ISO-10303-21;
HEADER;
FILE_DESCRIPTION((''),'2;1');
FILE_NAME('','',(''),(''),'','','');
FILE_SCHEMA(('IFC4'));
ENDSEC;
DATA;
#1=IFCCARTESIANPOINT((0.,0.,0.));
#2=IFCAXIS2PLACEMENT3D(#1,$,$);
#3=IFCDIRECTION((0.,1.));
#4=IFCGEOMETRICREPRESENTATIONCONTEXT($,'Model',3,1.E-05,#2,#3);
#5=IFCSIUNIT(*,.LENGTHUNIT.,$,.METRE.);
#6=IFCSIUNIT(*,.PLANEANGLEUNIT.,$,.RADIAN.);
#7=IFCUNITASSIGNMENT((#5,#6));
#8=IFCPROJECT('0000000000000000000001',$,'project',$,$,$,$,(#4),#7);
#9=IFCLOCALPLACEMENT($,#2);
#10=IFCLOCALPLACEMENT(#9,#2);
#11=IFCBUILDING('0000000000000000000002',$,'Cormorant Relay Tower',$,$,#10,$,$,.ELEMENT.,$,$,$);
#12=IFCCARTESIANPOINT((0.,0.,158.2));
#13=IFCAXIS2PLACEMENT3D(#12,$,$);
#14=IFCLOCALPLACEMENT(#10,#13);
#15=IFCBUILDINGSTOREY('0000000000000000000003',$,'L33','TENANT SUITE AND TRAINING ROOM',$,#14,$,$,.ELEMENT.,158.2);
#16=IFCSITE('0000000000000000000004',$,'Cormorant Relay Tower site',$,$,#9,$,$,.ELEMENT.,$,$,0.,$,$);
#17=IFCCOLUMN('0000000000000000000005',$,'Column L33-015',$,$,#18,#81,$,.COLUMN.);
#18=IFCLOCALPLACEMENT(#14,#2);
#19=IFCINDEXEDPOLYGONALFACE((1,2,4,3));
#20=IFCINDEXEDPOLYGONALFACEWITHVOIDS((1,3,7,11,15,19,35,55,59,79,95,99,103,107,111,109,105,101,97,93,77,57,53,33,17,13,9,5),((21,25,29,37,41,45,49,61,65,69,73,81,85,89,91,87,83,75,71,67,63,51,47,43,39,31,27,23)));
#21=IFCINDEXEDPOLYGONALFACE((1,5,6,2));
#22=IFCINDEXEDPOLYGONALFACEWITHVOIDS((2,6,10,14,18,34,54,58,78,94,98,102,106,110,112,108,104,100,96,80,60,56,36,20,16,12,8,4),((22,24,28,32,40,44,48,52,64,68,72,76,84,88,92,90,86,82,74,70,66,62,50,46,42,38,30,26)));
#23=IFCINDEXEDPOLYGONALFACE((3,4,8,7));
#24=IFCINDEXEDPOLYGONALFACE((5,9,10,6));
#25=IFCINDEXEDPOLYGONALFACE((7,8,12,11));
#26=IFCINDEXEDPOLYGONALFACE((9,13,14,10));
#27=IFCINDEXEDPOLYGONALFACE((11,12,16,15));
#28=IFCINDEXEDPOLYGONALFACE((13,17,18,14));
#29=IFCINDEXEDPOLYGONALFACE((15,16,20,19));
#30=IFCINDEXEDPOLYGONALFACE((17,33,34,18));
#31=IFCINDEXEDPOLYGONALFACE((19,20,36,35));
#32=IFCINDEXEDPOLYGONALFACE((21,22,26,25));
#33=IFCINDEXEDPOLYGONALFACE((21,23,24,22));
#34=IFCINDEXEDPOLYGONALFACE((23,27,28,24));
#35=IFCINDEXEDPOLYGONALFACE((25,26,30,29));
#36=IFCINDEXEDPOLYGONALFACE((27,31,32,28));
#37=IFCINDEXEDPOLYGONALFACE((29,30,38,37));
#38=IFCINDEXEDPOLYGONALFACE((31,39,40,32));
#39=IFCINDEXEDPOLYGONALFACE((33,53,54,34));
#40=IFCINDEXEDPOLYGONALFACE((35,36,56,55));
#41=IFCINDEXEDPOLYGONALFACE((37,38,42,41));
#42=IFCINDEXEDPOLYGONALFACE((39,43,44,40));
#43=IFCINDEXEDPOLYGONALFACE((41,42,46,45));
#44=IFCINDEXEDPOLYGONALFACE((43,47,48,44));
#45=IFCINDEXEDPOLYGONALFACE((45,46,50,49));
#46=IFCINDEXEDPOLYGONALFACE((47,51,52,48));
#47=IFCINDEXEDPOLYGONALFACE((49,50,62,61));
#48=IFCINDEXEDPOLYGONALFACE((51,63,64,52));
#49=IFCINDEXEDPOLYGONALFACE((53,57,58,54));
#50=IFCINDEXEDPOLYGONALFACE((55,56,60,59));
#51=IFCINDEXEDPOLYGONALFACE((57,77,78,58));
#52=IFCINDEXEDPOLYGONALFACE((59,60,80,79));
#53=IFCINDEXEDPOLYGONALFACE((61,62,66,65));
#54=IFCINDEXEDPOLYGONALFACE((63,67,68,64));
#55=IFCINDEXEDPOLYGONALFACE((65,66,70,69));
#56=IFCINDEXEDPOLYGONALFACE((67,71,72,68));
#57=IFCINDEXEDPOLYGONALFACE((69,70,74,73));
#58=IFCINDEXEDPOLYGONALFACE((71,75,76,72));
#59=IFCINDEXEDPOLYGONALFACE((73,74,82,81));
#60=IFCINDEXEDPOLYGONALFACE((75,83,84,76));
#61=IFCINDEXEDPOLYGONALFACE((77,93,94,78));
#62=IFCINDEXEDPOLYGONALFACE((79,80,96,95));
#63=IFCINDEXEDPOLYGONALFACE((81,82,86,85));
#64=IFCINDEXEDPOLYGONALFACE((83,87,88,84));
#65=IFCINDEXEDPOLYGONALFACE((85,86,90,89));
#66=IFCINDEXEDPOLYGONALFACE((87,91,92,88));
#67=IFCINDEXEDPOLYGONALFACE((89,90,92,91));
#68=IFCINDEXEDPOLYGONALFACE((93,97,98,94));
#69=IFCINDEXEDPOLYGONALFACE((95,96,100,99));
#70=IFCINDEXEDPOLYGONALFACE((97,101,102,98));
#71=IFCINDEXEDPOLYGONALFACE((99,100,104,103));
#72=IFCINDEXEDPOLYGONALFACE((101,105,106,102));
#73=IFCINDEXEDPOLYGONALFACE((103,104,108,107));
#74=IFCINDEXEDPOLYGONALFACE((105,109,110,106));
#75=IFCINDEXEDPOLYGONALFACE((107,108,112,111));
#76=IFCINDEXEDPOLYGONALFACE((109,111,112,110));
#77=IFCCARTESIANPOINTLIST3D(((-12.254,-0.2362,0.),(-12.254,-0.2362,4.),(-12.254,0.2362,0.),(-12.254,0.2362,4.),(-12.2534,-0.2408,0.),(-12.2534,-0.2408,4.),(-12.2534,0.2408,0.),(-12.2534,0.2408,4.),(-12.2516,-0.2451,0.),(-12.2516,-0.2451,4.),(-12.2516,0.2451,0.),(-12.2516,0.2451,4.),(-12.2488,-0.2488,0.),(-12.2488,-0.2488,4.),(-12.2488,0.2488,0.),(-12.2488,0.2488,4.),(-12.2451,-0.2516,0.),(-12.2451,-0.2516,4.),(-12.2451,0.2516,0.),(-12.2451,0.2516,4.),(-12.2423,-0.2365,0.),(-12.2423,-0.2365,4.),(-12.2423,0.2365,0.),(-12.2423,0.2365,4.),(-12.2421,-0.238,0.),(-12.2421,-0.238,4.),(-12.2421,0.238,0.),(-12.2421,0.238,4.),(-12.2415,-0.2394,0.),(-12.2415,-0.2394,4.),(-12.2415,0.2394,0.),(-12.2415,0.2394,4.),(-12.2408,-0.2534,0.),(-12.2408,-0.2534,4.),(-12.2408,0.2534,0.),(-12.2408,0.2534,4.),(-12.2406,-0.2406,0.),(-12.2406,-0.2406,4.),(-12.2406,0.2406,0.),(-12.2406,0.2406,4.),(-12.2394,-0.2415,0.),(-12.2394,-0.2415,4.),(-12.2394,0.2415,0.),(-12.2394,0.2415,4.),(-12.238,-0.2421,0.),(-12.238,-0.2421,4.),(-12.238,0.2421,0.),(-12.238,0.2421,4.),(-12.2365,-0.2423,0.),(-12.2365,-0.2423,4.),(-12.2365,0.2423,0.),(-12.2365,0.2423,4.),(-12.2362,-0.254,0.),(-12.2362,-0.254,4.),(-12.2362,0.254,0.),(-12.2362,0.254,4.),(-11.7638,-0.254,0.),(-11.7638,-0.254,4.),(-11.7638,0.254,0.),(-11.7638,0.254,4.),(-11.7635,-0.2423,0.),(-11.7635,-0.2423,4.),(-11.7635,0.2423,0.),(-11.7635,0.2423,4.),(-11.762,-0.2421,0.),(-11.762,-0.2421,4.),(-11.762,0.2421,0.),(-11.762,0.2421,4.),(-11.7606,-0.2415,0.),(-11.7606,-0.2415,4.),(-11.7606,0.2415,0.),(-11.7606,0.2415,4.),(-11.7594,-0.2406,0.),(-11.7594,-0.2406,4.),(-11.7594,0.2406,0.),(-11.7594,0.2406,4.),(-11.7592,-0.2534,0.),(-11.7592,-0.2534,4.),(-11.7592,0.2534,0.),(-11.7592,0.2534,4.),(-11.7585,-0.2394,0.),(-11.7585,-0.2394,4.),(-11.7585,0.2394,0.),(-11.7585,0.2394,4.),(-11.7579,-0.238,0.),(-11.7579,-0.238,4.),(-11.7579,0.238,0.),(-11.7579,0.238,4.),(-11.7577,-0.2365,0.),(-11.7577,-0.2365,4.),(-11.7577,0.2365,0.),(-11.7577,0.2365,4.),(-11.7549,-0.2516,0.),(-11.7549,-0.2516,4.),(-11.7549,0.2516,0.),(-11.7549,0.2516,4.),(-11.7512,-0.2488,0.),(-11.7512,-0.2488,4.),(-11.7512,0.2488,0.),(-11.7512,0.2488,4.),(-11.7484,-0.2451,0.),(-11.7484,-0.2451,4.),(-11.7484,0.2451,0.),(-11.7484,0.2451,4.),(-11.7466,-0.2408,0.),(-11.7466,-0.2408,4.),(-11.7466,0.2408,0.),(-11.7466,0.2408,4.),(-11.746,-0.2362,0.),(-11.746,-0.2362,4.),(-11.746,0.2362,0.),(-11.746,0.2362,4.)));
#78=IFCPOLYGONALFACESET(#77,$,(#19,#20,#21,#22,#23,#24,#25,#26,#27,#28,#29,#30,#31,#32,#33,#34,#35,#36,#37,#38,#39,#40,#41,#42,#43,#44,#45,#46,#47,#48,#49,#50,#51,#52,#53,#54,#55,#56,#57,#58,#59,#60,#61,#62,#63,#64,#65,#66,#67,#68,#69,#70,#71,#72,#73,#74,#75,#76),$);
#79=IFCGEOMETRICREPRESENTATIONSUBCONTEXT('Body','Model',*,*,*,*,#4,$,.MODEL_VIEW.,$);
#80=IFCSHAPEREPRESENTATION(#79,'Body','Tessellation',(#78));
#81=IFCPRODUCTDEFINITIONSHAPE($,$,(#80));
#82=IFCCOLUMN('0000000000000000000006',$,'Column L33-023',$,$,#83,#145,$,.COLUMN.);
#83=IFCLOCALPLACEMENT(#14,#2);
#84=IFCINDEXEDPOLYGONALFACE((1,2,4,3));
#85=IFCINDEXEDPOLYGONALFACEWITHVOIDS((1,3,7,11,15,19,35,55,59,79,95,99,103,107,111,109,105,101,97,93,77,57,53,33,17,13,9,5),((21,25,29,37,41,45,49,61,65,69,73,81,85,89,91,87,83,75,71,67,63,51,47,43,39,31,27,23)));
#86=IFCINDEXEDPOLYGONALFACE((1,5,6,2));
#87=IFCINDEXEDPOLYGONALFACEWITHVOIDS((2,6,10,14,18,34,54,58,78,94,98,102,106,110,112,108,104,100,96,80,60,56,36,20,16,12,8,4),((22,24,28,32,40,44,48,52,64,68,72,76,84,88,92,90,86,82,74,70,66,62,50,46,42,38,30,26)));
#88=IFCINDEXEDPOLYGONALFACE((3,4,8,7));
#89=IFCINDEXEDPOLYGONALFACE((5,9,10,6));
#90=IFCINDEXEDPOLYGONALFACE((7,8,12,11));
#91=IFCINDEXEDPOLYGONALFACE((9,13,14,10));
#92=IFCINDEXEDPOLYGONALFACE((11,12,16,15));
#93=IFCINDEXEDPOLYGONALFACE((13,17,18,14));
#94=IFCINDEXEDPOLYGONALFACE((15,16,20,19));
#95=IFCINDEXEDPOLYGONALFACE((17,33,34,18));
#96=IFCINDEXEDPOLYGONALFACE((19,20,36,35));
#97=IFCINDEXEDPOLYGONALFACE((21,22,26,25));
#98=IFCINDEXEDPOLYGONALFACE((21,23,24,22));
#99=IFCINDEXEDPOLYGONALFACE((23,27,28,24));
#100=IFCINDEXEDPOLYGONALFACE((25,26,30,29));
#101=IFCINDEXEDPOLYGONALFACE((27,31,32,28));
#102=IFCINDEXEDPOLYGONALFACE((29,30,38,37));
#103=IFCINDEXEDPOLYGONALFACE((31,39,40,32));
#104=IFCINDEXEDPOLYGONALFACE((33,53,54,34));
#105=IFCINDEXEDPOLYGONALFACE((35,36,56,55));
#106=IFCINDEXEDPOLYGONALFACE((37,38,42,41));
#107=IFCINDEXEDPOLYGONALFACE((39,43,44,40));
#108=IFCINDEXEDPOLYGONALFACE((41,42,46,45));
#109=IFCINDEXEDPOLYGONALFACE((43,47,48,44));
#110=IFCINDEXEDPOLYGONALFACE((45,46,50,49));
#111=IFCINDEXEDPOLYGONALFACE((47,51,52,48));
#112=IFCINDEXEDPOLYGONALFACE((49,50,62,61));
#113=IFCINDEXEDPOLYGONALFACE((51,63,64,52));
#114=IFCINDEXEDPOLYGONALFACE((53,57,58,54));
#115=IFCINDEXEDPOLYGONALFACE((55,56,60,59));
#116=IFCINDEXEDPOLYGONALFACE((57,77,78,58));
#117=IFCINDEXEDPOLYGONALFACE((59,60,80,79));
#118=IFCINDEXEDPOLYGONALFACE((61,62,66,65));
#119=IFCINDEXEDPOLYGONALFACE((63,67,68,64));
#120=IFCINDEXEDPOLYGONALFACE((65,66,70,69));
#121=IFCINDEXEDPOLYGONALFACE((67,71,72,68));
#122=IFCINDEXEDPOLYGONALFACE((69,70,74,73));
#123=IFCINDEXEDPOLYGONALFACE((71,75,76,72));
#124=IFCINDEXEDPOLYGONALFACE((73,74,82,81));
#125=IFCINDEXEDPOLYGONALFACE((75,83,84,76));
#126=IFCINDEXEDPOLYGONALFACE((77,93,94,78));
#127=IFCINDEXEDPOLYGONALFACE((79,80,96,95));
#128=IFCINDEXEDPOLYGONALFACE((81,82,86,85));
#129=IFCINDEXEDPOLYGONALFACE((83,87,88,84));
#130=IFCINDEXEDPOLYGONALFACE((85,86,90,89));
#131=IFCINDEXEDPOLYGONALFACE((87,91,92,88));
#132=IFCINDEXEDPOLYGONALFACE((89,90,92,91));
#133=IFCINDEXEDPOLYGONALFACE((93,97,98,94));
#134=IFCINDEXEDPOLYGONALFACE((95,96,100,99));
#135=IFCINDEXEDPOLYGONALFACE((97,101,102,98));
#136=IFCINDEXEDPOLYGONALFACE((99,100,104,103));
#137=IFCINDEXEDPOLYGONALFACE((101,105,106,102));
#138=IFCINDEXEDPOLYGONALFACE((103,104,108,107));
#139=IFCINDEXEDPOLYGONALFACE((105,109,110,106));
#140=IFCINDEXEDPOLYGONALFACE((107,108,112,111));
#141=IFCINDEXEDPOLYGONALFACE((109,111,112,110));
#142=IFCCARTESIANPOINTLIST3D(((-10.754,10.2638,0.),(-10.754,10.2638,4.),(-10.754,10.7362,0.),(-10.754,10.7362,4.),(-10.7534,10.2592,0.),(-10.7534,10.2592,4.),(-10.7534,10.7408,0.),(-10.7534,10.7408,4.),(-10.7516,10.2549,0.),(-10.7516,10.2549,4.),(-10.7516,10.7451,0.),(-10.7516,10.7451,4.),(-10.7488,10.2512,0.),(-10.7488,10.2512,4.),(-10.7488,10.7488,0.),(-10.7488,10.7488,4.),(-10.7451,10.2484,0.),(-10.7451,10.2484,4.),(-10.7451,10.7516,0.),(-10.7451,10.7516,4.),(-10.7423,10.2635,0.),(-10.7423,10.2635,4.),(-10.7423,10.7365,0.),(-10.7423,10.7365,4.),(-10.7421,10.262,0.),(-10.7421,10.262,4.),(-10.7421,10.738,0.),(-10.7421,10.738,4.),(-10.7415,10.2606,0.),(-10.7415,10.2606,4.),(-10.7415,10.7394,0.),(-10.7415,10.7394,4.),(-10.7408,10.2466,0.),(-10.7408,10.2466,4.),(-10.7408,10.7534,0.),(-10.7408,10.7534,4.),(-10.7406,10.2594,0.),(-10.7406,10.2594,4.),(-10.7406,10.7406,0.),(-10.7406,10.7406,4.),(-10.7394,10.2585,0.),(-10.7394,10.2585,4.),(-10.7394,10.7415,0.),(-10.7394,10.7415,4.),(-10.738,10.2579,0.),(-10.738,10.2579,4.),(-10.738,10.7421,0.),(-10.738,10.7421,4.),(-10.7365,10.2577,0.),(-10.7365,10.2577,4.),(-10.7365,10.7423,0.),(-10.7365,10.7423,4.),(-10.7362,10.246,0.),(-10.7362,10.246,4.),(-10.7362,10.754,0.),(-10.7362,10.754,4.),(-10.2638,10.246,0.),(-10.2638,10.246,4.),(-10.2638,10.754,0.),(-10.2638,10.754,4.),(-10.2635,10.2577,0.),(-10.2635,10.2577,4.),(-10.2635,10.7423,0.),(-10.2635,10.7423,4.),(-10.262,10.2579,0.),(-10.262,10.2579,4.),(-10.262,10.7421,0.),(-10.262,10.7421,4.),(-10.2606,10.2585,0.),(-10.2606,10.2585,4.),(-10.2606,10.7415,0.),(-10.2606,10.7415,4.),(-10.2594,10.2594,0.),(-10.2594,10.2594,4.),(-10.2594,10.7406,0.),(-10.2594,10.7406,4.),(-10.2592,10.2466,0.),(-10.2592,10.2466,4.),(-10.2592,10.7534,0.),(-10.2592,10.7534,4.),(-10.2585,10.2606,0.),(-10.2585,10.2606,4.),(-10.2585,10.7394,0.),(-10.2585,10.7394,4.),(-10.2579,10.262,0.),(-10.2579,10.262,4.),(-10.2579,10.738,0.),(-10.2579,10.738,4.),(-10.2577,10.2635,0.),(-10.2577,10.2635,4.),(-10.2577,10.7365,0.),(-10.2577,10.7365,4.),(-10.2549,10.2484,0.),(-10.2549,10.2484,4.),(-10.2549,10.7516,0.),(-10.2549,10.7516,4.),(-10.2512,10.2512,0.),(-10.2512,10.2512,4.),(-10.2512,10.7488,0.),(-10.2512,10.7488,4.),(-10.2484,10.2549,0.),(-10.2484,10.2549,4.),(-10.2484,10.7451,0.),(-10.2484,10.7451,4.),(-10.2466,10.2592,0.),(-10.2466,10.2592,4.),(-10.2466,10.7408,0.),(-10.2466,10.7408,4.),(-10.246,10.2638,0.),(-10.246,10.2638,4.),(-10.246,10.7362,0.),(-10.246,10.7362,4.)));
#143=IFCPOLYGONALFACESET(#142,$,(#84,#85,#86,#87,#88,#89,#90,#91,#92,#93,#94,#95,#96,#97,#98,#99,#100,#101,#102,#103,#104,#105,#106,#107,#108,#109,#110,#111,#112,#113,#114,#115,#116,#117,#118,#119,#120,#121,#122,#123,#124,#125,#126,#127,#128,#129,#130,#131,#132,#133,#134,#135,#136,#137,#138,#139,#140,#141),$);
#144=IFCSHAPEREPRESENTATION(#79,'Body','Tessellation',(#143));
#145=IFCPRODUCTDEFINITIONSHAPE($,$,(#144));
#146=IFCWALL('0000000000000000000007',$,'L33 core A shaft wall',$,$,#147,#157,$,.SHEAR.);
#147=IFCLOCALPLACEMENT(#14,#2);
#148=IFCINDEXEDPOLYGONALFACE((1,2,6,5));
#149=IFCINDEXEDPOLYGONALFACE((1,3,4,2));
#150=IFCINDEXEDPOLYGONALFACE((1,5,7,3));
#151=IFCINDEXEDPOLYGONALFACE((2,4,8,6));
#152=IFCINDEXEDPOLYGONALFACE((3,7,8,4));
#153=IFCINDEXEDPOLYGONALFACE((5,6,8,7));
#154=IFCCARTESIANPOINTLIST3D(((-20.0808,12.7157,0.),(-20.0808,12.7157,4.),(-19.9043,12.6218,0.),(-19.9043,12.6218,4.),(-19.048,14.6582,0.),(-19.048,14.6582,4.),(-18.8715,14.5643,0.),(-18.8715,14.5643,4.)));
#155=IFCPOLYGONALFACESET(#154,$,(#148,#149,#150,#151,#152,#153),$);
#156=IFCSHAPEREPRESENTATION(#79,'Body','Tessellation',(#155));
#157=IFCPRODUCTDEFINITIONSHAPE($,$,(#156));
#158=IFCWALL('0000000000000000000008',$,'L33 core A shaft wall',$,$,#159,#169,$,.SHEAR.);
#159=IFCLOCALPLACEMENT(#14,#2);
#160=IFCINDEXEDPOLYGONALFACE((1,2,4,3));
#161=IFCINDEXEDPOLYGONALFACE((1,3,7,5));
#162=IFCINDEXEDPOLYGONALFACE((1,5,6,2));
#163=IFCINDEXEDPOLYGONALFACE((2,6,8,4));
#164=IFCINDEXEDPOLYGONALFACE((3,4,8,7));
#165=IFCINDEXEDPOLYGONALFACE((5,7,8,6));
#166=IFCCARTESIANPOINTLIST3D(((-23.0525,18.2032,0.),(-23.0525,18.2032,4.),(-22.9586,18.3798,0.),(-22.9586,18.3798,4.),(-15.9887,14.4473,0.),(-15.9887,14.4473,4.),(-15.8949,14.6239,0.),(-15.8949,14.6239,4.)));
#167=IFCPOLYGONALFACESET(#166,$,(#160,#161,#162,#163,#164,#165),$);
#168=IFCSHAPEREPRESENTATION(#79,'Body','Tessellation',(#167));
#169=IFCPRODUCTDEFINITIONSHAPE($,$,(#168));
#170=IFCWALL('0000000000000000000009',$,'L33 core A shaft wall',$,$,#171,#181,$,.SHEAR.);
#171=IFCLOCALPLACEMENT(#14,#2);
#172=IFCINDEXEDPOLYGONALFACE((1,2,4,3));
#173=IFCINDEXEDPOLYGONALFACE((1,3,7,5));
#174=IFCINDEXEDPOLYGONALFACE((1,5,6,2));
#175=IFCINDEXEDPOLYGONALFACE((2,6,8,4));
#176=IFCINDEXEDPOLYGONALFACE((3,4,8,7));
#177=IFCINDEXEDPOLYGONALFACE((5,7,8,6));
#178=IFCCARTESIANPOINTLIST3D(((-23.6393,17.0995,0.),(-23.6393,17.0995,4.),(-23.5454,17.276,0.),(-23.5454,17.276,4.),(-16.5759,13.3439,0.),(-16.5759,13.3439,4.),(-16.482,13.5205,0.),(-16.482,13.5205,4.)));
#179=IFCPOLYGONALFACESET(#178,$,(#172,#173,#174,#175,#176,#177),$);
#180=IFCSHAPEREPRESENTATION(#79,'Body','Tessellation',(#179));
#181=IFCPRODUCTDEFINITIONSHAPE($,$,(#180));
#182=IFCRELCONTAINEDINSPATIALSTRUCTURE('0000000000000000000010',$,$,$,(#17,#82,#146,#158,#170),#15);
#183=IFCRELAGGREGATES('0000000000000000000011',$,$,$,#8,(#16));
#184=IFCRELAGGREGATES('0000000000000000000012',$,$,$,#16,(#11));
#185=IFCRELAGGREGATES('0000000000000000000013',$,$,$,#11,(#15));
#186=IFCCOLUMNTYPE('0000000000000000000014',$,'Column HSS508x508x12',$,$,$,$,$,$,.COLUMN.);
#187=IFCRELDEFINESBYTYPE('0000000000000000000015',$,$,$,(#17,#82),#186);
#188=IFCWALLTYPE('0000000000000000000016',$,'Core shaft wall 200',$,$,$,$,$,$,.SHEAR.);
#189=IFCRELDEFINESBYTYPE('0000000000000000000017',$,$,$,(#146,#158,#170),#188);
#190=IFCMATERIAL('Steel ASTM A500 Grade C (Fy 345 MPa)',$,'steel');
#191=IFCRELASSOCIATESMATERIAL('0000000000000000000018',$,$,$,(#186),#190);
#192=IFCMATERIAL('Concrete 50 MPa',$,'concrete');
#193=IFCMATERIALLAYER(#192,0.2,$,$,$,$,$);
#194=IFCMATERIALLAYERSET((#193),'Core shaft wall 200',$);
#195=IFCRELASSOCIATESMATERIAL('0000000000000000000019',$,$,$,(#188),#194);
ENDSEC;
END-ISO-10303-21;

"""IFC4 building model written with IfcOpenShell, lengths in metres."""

from ifc_helpers import new_model, si_unit, direction, frame, frame_2d, origin, origin_2d, place, context, subcontext, project, spatial, rectangle, hollow_rectangle, extrude, material, layer, layer_set, material_profile, profile_set, type_object, element, save


model = new_model("IFC4")

# Units and contexts
model_context = context("Model", 3, precision=1e-05, world=origin(), true_north=direction((0.0, 1.0)))
body_context = subcontext(model_context, "Body", "Model", "MODEL_VIEW")
ifc_project = project(units=[si_unit("LENGTHUNIT", "METRE"), si_unit("PLANEANGLEUNIT", "RADIAN")], contexts=[model_context])

# Site, building, storey
site_placement = place(None, origin())
site = spatial("IfcSite", under=ifc_project, at=site_placement, Name="Cormorant Relay Tower site", CompositionType="ELEMENT", RefElevation=0.0)
building_placement = place(site_placement, origin())
building = spatial("IfcBuilding", under=site, at=building_placement, Name="Cormorant Relay Tower", CompositionType="ELEMENT")
storey_placement = place(building_placement, frame((0.0, 0.0, 158.2)))
storey = spatial("IfcBuildingStorey", under=building, at=storey_placement, Name="L33", Description="TENANT SUITE AND TRAINING ROOM", CompositionType="ELEMENT", Elevation=158.2)

# Columns
ifc_material_1 = material(Name="Steel ASTM A500 Grade C (Fy 345 MPa)", Category="steel")
ifc_material_profile = material_profile(ifc_material_1, hollow_rectangle(XDim=0.5081, YDim=0.5081, WallThickness=0.0117, InnerFilletRadius=0.0059, OuterFilletRadius=0.0178, at=origin_2d()), Name="HSS508x508x12")
ifc_profile_set = profile_set([ifc_material_profile], Name="Steel ASTM A500 Grade C (Fy 345 MPa)")
column_type = type_object("IfcColumnType", Name="Column HSS508x508x12", PredefinedType="COLUMN", material=ifc_profile_set)
for number, where, z_axis, x_axis, name in (
    (1, (-12.0, 0.0, 0.0), (0.0, 0.0, 1.0), (1.0, 0.0, 0.0), "Column L33-015"),
    (2, (-10.5, 10.5, 0.0), (0.0, 0.0, 1.0), (1.0, 0.0, 0.0), "Column L33-023"),
):
    element("IfcColumn", number, at=place(storey_placement, frame(where, z_axis=z_axis, x_axis=x_axis)), inside=storey, type_object=column_type, Name=name, PredefinedType="COLUMN", context=body_context, shape_type="SweptSolid", body=[
        extrude(hollow_rectangle(XDim=0.5081, YDim=0.5081, WallThickness=0.0117, InnerFilletRadius=0.0059, OuterFilletRadius=0.0178, at=origin_2d()), origin(), (0.0, 0.0, 1.0), 4.0),
    ])

# Walls
ifc_material_2 = material(Name="Concrete 50 MPa", Category="concrete")
ifc_layer_1 = layer(ifc_material_2, 0.2)
ifc_layer_set_1 = layer_set([ifc_layer_1], Name="Core shaft wall 200")
wall_type_1 = type_object("IfcWallType", Name="Core shaft wall 200", PredefinedType="SHEAR", material=ifc_layer_set_1)
wall_1_placement = place(storey_placement, frame((-18.9597, 14.6113, 0.0), z_axis=(0.0, 0.0, 1.0), x_axis=(-0.469447, -0.88296, 0.0)))
element("IfcWall", 3, at=wall_1_placement, inside=storey, type_object=wall_type_1, Name="L33 core A shaft wall", PredefinedType="SHEAR", context=body_context, shape_type="SweptSolid", body=[
    extrude(rectangle(XDim=2.2, YDim=0.2, at=frame_2d((1.1001, 0.0))), origin(), (0.0, 0.0, 1.0), 4.0),
])
wall_2_placement = place(storey_placement, frame((-15.9419, 14.5356, 0.0), z_axis=(0.0, 0.0, 1.0), x_axis=(-0.882947, 0.469473, 0.0)))
element("IfcWall", 4, at=wall_2_placement, inside=storey, type_object=wall_type_1, Name="L33 core A shaft wall", PredefinedType="SHEAR", context=body_context, shape_type="SweptSolid", body=[
    extrude(rectangle(XDim=8.0002, YDim=0.2, at=frame_2d((4.0, 0.0))), origin(), (0.0, 0.0, 1.0), 4.0),
])
wall_3_placement = place(storey_placement, frame((-16.5288, 13.4321, 0.0), z_axis=(0.0, 0.0, 1.0), x_axis=(-0.882953, 0.469462, 0.0)))
element("IfcWall", 5, at=wall_3_placement, inside=storey, type_object=wall_type_1, Name="L33 core A shaft wall", PredefinedType="SHEAR", context=body_context, shape_type="SweptSolid", body=[
    extrude(rectangle(XDim=7.9998, YDim=0.2, at=frame_2d((4.0, 0.0))), origin(), (0.0, 0.0, 1.0), 4.0),
])

save(model, "model.ifc")
